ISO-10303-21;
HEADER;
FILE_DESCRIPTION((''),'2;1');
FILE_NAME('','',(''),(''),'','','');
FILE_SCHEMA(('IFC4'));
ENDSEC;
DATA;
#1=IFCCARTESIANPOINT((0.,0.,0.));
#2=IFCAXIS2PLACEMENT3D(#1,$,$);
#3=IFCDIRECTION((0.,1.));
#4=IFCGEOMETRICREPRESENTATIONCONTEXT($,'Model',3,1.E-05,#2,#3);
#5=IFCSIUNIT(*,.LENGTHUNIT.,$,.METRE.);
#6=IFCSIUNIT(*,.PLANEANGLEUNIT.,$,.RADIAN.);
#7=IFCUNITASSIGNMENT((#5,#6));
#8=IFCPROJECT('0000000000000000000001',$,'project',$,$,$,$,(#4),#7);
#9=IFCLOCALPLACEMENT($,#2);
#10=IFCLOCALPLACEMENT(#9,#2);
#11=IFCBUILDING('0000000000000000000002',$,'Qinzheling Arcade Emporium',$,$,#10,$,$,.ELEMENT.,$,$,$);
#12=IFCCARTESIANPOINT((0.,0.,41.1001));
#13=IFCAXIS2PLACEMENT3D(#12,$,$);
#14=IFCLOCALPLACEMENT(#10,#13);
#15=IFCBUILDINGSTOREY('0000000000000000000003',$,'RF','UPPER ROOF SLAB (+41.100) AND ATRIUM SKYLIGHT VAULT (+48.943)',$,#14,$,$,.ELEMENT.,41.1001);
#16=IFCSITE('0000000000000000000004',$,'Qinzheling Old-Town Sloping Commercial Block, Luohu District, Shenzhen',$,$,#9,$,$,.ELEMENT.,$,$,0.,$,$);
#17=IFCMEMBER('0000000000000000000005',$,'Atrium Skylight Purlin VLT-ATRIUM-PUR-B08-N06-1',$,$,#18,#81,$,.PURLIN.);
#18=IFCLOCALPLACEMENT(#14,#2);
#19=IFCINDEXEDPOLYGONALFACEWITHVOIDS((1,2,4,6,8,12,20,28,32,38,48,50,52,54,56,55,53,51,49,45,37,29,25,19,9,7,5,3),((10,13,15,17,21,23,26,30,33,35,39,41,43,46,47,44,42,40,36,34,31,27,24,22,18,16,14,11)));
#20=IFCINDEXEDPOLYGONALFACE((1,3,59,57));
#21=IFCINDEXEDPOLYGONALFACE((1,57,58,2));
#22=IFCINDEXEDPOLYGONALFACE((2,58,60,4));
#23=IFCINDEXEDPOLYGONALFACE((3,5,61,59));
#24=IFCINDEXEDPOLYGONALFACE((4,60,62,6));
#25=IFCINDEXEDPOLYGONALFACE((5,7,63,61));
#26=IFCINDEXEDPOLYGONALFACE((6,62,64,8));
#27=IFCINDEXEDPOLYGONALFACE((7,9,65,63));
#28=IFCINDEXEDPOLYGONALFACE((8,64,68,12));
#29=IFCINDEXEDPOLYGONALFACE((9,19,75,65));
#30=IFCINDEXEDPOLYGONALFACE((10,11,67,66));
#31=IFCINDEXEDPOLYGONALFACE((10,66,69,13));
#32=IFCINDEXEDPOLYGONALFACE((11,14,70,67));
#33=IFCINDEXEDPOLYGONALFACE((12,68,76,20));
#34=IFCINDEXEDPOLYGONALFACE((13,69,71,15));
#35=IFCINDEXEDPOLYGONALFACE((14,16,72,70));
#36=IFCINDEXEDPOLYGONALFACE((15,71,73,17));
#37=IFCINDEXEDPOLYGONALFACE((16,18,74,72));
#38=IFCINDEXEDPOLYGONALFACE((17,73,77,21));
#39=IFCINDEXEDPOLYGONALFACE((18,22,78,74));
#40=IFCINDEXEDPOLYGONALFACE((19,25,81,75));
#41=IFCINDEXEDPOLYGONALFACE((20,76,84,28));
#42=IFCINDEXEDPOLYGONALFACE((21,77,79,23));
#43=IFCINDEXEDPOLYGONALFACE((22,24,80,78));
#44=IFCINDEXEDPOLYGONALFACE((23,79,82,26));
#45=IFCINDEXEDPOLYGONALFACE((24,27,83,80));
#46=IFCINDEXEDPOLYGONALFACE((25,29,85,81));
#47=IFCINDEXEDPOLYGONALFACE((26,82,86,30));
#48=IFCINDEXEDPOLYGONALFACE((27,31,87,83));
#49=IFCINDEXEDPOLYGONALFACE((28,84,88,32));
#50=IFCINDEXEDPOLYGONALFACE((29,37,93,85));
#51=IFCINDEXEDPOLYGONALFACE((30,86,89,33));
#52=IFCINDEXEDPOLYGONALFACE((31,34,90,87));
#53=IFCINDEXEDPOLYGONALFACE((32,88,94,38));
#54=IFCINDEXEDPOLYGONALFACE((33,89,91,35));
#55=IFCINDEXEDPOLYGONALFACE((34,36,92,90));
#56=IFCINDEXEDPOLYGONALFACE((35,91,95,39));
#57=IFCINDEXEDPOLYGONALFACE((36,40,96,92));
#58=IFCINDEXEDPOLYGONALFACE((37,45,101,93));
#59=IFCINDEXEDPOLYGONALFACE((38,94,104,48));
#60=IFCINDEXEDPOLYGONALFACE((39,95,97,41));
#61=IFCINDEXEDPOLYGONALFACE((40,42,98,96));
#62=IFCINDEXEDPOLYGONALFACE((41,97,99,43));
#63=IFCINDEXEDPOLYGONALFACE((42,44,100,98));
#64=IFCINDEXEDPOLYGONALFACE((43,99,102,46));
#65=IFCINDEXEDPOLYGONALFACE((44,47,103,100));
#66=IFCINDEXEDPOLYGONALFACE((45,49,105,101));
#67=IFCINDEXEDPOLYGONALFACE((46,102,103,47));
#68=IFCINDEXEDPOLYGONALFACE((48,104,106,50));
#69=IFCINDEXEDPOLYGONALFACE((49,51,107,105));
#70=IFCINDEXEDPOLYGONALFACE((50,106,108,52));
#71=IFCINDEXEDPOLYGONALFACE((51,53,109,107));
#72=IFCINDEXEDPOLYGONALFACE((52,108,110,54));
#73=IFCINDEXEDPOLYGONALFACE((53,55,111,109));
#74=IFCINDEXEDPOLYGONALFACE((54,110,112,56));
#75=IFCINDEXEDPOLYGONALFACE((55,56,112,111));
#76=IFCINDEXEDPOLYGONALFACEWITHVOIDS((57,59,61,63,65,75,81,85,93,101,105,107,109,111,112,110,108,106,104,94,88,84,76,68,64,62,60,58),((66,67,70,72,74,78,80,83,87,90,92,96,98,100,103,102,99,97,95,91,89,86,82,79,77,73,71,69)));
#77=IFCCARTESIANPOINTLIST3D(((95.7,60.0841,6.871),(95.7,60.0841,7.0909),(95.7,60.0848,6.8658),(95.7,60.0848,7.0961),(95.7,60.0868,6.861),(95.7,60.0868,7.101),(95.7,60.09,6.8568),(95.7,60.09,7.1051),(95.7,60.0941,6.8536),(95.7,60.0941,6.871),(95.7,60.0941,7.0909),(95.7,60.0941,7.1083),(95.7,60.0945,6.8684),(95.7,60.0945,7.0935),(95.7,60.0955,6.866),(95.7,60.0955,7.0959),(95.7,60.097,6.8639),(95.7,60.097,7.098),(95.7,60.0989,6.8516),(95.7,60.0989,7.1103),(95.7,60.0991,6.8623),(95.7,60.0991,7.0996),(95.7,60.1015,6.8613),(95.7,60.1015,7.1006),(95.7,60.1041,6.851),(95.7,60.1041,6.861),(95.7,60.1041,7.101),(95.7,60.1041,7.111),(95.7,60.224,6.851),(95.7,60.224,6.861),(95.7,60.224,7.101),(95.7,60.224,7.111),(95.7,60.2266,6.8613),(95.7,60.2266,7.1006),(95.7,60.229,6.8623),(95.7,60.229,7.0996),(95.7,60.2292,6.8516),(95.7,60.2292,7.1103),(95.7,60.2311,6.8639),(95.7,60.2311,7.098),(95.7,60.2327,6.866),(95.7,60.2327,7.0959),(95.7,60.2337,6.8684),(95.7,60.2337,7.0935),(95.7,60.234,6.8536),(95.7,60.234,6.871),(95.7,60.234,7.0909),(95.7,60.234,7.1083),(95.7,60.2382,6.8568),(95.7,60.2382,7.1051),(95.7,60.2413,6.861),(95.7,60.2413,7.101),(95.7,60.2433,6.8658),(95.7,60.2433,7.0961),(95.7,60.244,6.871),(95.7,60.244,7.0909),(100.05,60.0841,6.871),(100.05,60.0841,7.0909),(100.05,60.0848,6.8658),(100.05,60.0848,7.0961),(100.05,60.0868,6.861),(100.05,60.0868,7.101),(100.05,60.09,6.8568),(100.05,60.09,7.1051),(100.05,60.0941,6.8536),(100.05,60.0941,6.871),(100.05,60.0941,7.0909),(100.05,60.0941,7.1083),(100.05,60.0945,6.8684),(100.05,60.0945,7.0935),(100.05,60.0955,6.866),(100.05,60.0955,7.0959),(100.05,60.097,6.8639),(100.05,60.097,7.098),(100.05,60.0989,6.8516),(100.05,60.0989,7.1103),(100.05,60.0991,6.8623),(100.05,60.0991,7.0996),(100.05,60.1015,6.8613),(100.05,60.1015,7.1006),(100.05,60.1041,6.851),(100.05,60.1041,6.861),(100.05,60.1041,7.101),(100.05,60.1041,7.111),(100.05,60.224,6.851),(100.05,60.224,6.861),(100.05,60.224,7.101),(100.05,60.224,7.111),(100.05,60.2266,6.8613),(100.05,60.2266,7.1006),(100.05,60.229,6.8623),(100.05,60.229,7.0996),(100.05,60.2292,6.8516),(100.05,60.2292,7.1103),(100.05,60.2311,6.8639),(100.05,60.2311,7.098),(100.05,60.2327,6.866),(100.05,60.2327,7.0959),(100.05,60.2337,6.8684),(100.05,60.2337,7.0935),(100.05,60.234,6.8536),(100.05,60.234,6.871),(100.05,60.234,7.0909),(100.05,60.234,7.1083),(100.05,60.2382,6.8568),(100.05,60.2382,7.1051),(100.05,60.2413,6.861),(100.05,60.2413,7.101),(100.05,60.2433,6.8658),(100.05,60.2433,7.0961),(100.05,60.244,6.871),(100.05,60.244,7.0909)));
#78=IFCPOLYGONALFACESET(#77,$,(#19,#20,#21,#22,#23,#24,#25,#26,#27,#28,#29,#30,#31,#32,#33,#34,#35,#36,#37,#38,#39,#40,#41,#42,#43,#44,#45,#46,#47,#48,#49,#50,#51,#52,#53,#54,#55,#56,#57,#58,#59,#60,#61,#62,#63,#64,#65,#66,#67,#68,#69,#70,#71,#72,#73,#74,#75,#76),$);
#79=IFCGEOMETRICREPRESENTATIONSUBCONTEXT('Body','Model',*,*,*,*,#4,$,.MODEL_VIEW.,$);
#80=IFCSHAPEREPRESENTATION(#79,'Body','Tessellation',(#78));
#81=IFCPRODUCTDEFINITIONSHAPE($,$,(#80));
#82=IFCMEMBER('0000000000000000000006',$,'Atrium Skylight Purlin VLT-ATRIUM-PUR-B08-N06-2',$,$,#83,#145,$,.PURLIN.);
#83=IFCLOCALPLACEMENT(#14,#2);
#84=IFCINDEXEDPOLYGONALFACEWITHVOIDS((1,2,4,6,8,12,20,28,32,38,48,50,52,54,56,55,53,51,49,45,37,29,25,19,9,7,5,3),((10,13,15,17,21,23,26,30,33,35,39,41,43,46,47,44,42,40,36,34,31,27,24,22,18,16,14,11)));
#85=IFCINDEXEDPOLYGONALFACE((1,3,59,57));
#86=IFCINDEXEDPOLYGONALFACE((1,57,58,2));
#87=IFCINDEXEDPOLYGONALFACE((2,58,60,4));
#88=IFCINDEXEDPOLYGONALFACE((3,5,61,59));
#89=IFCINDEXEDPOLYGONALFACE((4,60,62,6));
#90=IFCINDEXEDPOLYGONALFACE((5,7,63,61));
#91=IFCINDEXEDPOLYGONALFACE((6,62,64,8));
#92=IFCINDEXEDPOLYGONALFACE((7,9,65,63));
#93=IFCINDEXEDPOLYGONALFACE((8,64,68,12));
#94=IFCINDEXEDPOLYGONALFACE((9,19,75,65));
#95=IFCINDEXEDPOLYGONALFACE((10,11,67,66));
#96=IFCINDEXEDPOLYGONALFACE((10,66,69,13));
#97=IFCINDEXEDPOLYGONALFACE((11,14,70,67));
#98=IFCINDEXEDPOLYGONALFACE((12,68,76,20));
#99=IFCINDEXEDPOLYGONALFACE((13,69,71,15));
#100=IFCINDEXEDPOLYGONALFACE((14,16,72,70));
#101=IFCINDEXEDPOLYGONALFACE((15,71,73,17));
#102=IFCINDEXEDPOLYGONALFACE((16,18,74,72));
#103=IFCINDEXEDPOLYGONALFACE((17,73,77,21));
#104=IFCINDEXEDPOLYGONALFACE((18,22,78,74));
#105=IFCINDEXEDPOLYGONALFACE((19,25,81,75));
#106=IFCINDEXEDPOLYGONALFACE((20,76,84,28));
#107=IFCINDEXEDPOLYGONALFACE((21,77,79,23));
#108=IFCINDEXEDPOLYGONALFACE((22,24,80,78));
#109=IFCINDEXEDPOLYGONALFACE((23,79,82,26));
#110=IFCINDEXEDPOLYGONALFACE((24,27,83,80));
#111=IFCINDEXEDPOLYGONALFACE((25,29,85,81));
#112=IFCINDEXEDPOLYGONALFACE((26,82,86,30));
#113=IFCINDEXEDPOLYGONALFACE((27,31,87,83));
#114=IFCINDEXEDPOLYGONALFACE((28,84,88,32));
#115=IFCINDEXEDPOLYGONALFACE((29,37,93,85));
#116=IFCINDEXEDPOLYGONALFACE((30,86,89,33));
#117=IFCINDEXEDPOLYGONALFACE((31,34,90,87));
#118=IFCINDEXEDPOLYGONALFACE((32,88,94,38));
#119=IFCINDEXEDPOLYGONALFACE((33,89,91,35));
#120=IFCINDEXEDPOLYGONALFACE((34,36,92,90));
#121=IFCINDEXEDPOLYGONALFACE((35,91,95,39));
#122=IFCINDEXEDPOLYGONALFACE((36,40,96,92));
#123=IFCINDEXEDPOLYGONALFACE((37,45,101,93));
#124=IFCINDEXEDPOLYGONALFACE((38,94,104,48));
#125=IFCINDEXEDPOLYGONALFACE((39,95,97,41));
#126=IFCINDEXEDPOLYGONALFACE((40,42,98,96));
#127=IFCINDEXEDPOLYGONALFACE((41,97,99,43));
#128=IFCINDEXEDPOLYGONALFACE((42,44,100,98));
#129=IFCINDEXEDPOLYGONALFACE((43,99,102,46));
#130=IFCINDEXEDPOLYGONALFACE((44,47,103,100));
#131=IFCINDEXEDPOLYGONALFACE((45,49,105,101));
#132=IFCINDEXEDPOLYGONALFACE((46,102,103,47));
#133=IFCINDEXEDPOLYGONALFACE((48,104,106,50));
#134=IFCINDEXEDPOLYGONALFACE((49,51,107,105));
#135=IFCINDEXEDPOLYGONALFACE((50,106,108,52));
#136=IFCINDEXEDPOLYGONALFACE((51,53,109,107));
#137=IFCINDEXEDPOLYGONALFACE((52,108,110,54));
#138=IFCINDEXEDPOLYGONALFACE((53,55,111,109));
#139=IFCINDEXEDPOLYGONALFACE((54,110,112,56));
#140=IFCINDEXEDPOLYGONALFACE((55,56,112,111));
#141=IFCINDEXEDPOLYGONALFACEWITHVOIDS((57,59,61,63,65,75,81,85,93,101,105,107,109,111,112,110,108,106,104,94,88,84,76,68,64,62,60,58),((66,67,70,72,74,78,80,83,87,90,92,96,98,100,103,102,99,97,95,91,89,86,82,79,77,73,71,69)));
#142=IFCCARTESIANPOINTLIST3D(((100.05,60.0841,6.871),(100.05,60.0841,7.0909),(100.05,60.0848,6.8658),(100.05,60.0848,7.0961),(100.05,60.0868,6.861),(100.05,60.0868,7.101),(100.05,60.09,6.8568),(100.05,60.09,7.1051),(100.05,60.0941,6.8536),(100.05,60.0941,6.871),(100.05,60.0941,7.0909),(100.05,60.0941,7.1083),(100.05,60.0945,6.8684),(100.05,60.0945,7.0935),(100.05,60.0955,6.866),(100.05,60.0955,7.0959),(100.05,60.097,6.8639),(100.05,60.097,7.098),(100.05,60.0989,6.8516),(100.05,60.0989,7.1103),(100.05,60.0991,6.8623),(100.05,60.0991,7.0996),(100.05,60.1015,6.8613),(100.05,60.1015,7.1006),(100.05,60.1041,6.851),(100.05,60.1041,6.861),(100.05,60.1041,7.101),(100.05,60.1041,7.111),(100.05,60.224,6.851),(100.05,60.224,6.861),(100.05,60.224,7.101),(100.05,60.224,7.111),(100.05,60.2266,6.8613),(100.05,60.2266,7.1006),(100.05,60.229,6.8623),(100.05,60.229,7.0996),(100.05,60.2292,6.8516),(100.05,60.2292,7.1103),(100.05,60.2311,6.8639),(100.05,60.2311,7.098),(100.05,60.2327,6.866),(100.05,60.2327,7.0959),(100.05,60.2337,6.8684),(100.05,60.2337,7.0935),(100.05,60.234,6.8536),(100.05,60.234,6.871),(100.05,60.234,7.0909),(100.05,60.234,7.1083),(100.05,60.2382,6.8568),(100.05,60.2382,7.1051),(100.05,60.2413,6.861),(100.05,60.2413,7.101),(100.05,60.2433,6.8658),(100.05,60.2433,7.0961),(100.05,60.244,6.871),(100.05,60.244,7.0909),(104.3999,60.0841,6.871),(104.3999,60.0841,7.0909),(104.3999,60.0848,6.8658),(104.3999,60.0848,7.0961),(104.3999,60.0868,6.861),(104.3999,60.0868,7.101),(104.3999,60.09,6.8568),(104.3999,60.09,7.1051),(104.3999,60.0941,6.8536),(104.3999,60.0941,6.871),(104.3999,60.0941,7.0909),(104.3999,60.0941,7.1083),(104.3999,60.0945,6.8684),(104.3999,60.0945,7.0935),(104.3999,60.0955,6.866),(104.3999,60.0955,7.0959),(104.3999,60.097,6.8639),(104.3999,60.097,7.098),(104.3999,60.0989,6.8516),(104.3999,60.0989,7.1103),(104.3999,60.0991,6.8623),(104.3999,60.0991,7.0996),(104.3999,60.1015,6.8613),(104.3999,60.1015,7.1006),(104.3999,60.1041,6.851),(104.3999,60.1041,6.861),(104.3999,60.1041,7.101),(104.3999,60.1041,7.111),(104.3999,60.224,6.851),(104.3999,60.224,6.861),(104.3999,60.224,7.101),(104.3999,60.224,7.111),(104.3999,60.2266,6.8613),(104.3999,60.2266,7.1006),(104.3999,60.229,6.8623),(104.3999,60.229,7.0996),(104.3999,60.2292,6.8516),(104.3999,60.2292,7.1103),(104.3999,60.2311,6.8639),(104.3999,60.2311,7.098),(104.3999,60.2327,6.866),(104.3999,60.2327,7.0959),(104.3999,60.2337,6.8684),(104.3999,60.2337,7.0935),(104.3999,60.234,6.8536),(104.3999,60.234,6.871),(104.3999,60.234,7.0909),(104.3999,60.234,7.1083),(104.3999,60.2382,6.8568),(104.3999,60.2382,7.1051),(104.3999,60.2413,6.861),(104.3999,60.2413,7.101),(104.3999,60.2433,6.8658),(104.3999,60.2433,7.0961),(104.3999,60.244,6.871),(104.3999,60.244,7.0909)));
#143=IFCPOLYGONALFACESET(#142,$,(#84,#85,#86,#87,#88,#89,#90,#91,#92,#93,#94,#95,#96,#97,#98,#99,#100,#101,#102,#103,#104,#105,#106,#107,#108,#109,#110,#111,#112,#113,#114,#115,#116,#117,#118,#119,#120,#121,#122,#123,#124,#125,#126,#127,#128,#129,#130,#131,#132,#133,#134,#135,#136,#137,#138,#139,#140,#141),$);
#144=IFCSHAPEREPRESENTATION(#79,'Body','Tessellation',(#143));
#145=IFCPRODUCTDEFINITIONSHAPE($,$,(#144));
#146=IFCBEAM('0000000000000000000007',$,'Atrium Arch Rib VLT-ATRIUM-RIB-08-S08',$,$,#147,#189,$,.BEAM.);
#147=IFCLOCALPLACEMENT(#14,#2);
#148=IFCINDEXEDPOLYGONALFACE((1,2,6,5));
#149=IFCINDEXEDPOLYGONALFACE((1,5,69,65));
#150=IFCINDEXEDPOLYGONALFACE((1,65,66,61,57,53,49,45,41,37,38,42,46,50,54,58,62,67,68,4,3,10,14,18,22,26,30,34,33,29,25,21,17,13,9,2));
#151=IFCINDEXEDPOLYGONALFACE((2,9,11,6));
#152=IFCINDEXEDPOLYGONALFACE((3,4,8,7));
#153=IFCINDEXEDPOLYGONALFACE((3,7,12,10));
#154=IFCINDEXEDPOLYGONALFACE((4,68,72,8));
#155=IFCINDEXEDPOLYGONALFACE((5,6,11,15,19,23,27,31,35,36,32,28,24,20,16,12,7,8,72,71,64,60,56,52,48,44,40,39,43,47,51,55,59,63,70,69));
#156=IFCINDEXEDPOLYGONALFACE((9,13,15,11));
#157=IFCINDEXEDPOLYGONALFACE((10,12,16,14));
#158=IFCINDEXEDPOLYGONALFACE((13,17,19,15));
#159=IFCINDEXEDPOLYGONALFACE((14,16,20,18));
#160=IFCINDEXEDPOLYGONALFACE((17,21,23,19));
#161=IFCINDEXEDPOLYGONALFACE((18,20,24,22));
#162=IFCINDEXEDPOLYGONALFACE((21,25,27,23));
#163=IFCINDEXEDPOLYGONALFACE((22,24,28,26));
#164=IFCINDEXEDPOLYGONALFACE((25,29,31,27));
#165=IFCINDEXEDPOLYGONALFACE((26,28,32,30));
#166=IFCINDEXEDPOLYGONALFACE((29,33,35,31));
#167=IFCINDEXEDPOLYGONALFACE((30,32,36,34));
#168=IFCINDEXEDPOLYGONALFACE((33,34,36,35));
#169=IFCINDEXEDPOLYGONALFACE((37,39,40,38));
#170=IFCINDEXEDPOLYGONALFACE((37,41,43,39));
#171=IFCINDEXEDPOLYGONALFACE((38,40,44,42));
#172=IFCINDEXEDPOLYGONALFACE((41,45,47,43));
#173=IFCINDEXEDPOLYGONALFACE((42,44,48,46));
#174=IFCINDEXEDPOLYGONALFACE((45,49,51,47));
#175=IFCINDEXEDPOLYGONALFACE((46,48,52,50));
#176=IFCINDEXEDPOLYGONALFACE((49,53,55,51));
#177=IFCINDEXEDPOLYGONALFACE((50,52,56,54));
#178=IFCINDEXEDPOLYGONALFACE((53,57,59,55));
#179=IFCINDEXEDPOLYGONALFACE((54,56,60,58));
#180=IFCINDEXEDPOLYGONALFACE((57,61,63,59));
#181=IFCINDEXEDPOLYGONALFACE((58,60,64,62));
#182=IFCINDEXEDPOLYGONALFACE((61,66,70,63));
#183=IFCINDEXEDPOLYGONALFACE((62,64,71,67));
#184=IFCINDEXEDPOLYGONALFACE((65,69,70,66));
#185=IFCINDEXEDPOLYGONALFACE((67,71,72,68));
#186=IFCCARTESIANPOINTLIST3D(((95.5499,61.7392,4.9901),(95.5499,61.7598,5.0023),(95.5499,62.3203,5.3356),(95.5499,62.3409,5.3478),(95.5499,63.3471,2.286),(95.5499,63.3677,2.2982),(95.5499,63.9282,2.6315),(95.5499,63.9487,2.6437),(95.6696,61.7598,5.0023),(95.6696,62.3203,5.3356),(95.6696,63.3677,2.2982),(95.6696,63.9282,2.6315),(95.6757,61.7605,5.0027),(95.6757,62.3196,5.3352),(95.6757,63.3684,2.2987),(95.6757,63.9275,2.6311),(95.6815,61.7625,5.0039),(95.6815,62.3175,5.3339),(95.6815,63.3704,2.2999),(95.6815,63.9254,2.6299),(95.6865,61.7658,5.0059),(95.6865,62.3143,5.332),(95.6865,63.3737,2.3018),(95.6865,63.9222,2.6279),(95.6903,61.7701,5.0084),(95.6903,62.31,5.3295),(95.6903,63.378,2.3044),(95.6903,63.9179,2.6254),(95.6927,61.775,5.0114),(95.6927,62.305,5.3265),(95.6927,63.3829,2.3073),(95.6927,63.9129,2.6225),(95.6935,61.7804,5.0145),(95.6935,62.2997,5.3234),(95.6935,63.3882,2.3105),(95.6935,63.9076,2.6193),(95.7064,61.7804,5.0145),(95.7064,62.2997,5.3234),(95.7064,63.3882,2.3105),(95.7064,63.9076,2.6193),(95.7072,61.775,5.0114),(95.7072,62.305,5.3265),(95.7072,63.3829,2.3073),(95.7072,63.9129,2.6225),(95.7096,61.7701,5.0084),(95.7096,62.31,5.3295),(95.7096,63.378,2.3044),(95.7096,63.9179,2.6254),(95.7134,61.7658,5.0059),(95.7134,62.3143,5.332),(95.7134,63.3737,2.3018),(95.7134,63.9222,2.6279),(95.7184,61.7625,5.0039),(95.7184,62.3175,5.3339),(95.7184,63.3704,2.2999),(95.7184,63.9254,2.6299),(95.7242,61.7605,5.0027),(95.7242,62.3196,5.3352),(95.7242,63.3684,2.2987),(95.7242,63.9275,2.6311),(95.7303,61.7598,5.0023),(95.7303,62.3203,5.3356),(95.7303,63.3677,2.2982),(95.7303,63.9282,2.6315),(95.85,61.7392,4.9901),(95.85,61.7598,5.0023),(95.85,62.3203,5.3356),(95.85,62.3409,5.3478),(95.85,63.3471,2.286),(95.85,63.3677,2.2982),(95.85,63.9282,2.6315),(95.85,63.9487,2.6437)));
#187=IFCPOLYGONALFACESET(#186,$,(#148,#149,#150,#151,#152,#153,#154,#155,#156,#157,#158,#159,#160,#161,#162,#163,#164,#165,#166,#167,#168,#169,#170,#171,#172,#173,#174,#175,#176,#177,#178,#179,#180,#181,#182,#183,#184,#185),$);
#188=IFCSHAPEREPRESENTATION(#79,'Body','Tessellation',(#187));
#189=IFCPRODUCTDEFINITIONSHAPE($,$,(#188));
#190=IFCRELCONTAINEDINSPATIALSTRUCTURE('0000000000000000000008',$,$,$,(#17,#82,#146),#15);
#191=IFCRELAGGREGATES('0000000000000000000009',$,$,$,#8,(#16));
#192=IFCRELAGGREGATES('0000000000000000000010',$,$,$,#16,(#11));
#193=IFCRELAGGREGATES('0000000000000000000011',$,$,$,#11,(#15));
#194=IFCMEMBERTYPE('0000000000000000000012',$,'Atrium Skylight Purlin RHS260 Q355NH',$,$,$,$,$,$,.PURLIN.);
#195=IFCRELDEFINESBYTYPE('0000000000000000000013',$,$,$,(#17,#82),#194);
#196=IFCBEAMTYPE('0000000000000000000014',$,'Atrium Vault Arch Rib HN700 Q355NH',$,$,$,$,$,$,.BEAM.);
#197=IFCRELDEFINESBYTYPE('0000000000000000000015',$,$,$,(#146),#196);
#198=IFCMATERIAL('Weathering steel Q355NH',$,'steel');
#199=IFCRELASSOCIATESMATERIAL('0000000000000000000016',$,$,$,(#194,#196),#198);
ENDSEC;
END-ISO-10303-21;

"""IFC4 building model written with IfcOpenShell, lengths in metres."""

from ifc_helpers import new_model, si_unit, direction, frame, origin, origin_2d, place, context, subcontext, project, spatial, hollow_rectangle, i_section, extrude, material, material_profile, profile_set, type_object, element, save


model = new_model("IFC4")

# Units and contexts
model_context = context("Model", 3, precision=1e-05, world=origin(), true_north=direction((0.0, 1.0)))
body_context = subcontext(model_context, "Body", "Model", "MODEL_VIEW")
ifc_project = project(units=[si_unit("LENGTHUNIT", "METRE"), si_unit("PLANEANGLEUNIT", "RADIAN")], contexts=[model_context])

# Site, building, storey
site_placement = place(None, origin())
site = spatial("IfcSite", under=ifc_project, at=site_placement, Name="Qinzheling Old-Town Sloping Commercial Block, Luohu District, Shenzhen", CompositionType="ELEMENT", RefElevation=0.0)
building_placement = place(site_placement, origin())
building = spatial("IfcBuilding", under=site, at=building_placement, Name="Qinzheling Arcade Emporium", CompositionType="ELEMENT")
storey_placement = place(building_placement, frame((0.0, 0.0, 41.1001)))
storey = spatial("IfcBuildingStorey", under=building, at=storey_placement, Name="RF", Description="UPPER ROOF SLAB (+41.100) AND ATRIUM SKYLIGHT VAULT (+48.943)", CompositionType="ELEMENT", Elevation=41.1001)

# Shared definitions
ifc_material_1 = material(Name="Weathering steel Q355NH", Category="steel")

# Members
ifc_material_profile_1 = material_profile(ifc_material_1, hollow_rectangle(XDim=0.1599, YDim=0.26, WallThickness=0.01, InnerFilletRadius=0.01, OuterFilletRadius=0.02, at=origin_2d()), Name="RHS 260x160x10", Category="steel")
ifc_profile_set_1 = profile_set([ifc_material_profile_1], Name="Weathering steel Q355NH")
member_type = type_object("IfcMemberType", Name="Atrium Skylight Purlin RHS260 Q355NH", PredefinedType="PURLIN", material=ifc_profile_set_1)
member_1_placement = place(storey_placement, frame((95.7, 60.1641, 6.981), z_axis=(1.0, 0.0, 0.0), x_axis=(0.0, 1.0, 0.0)))
element("IfcMember", 1, at=member_1_placement, inside=storey, type_object=member_type, Name="Atrium Skylight Purlin VLT-ATRIUM-PUR-B08-N06-1", PredefinedType="PURLIN", context=body_context, shape_type="SweptSolid", body=[
    extrude(hollow_rectangle(XDim=0.1599, YDim=0.26, WallThickness=0.01, InnerFilletRadius=0.01, OuterFilletRadius=0.02, at=origin_2d()), origin(), (0.0, 0.0, 1.0), 4.3501),
])
member_2_placement = place(storey_placement, frame((100.05, 60.1641, 6.981), z_axis=(1.0, 0.0, 0.0), x_axis=(0.0, 1.0, 0.0)))
element("IfcMember", 2, at=member_2_placement, inside=storey, type_object=member_type, Name="Atrium Skylight Purlin VLT-ATRIUM-PUR-B08-N06-2", PredefinedType="PURLIN", context=body_context, shape_type="SweptSolid", body=[
    extrude(hollow_rectangle(XDim=0.1599, YDim=0.26, WallThickness=0.01, InnerFilletRadius=0.01, OuterFilletRadius=0.02, at=origin_2d()), origin(), (0.0, 0.0, 1.0), 4.3499),
])

# Beam
ifc_material_profile_2 = material_profile(ifc_material_1, i_section(OverallWidth=0.3, OverallDepth=0.7, WebThickness=0.0129, FlangeThickness=0.0239, FilletRadius=0.0239, at=origin_2d()), Name="HN 700x300x13x24", Category="steel")
ifc_profile_set_2 = profile_set([ifc_material_profile_2], Name="Weathering steel Q355NH")
beam_type_1 = type_object("IfcBeamType", Name="Atrium Vault Arch Rib HN700 Q355NH", PredefinedType="BEAM", material=ifc_profile_set_2)
beam_1_placement = place(storey_placement, frame((95.7, 62.04, 5.1689), z_axis=(0.0, 0.511091, -0.859527), x_axis=(-1.0, 0.0, 0.0)))
element("IfcBeam", 3, at=beam_1_placement, inside=storey, type_object=beam_type_1, Name="Atrium Arch Rib VLT-ATRIUM-RIB-08-S08", PredefinedType="BEAM", context=body_context, shape_type="SweptSolid", body=[
    extrude(i_section(OverallWidth=0.3, OverallDepth=0.7, WebThickness=0.0129, FlangeThickness=0.0239, FilletRadius=0.0239, at=origin_2d()), origin(), (0.0, 0.0, 1.0), 3.146),
])

save(model, "model.ifc")
